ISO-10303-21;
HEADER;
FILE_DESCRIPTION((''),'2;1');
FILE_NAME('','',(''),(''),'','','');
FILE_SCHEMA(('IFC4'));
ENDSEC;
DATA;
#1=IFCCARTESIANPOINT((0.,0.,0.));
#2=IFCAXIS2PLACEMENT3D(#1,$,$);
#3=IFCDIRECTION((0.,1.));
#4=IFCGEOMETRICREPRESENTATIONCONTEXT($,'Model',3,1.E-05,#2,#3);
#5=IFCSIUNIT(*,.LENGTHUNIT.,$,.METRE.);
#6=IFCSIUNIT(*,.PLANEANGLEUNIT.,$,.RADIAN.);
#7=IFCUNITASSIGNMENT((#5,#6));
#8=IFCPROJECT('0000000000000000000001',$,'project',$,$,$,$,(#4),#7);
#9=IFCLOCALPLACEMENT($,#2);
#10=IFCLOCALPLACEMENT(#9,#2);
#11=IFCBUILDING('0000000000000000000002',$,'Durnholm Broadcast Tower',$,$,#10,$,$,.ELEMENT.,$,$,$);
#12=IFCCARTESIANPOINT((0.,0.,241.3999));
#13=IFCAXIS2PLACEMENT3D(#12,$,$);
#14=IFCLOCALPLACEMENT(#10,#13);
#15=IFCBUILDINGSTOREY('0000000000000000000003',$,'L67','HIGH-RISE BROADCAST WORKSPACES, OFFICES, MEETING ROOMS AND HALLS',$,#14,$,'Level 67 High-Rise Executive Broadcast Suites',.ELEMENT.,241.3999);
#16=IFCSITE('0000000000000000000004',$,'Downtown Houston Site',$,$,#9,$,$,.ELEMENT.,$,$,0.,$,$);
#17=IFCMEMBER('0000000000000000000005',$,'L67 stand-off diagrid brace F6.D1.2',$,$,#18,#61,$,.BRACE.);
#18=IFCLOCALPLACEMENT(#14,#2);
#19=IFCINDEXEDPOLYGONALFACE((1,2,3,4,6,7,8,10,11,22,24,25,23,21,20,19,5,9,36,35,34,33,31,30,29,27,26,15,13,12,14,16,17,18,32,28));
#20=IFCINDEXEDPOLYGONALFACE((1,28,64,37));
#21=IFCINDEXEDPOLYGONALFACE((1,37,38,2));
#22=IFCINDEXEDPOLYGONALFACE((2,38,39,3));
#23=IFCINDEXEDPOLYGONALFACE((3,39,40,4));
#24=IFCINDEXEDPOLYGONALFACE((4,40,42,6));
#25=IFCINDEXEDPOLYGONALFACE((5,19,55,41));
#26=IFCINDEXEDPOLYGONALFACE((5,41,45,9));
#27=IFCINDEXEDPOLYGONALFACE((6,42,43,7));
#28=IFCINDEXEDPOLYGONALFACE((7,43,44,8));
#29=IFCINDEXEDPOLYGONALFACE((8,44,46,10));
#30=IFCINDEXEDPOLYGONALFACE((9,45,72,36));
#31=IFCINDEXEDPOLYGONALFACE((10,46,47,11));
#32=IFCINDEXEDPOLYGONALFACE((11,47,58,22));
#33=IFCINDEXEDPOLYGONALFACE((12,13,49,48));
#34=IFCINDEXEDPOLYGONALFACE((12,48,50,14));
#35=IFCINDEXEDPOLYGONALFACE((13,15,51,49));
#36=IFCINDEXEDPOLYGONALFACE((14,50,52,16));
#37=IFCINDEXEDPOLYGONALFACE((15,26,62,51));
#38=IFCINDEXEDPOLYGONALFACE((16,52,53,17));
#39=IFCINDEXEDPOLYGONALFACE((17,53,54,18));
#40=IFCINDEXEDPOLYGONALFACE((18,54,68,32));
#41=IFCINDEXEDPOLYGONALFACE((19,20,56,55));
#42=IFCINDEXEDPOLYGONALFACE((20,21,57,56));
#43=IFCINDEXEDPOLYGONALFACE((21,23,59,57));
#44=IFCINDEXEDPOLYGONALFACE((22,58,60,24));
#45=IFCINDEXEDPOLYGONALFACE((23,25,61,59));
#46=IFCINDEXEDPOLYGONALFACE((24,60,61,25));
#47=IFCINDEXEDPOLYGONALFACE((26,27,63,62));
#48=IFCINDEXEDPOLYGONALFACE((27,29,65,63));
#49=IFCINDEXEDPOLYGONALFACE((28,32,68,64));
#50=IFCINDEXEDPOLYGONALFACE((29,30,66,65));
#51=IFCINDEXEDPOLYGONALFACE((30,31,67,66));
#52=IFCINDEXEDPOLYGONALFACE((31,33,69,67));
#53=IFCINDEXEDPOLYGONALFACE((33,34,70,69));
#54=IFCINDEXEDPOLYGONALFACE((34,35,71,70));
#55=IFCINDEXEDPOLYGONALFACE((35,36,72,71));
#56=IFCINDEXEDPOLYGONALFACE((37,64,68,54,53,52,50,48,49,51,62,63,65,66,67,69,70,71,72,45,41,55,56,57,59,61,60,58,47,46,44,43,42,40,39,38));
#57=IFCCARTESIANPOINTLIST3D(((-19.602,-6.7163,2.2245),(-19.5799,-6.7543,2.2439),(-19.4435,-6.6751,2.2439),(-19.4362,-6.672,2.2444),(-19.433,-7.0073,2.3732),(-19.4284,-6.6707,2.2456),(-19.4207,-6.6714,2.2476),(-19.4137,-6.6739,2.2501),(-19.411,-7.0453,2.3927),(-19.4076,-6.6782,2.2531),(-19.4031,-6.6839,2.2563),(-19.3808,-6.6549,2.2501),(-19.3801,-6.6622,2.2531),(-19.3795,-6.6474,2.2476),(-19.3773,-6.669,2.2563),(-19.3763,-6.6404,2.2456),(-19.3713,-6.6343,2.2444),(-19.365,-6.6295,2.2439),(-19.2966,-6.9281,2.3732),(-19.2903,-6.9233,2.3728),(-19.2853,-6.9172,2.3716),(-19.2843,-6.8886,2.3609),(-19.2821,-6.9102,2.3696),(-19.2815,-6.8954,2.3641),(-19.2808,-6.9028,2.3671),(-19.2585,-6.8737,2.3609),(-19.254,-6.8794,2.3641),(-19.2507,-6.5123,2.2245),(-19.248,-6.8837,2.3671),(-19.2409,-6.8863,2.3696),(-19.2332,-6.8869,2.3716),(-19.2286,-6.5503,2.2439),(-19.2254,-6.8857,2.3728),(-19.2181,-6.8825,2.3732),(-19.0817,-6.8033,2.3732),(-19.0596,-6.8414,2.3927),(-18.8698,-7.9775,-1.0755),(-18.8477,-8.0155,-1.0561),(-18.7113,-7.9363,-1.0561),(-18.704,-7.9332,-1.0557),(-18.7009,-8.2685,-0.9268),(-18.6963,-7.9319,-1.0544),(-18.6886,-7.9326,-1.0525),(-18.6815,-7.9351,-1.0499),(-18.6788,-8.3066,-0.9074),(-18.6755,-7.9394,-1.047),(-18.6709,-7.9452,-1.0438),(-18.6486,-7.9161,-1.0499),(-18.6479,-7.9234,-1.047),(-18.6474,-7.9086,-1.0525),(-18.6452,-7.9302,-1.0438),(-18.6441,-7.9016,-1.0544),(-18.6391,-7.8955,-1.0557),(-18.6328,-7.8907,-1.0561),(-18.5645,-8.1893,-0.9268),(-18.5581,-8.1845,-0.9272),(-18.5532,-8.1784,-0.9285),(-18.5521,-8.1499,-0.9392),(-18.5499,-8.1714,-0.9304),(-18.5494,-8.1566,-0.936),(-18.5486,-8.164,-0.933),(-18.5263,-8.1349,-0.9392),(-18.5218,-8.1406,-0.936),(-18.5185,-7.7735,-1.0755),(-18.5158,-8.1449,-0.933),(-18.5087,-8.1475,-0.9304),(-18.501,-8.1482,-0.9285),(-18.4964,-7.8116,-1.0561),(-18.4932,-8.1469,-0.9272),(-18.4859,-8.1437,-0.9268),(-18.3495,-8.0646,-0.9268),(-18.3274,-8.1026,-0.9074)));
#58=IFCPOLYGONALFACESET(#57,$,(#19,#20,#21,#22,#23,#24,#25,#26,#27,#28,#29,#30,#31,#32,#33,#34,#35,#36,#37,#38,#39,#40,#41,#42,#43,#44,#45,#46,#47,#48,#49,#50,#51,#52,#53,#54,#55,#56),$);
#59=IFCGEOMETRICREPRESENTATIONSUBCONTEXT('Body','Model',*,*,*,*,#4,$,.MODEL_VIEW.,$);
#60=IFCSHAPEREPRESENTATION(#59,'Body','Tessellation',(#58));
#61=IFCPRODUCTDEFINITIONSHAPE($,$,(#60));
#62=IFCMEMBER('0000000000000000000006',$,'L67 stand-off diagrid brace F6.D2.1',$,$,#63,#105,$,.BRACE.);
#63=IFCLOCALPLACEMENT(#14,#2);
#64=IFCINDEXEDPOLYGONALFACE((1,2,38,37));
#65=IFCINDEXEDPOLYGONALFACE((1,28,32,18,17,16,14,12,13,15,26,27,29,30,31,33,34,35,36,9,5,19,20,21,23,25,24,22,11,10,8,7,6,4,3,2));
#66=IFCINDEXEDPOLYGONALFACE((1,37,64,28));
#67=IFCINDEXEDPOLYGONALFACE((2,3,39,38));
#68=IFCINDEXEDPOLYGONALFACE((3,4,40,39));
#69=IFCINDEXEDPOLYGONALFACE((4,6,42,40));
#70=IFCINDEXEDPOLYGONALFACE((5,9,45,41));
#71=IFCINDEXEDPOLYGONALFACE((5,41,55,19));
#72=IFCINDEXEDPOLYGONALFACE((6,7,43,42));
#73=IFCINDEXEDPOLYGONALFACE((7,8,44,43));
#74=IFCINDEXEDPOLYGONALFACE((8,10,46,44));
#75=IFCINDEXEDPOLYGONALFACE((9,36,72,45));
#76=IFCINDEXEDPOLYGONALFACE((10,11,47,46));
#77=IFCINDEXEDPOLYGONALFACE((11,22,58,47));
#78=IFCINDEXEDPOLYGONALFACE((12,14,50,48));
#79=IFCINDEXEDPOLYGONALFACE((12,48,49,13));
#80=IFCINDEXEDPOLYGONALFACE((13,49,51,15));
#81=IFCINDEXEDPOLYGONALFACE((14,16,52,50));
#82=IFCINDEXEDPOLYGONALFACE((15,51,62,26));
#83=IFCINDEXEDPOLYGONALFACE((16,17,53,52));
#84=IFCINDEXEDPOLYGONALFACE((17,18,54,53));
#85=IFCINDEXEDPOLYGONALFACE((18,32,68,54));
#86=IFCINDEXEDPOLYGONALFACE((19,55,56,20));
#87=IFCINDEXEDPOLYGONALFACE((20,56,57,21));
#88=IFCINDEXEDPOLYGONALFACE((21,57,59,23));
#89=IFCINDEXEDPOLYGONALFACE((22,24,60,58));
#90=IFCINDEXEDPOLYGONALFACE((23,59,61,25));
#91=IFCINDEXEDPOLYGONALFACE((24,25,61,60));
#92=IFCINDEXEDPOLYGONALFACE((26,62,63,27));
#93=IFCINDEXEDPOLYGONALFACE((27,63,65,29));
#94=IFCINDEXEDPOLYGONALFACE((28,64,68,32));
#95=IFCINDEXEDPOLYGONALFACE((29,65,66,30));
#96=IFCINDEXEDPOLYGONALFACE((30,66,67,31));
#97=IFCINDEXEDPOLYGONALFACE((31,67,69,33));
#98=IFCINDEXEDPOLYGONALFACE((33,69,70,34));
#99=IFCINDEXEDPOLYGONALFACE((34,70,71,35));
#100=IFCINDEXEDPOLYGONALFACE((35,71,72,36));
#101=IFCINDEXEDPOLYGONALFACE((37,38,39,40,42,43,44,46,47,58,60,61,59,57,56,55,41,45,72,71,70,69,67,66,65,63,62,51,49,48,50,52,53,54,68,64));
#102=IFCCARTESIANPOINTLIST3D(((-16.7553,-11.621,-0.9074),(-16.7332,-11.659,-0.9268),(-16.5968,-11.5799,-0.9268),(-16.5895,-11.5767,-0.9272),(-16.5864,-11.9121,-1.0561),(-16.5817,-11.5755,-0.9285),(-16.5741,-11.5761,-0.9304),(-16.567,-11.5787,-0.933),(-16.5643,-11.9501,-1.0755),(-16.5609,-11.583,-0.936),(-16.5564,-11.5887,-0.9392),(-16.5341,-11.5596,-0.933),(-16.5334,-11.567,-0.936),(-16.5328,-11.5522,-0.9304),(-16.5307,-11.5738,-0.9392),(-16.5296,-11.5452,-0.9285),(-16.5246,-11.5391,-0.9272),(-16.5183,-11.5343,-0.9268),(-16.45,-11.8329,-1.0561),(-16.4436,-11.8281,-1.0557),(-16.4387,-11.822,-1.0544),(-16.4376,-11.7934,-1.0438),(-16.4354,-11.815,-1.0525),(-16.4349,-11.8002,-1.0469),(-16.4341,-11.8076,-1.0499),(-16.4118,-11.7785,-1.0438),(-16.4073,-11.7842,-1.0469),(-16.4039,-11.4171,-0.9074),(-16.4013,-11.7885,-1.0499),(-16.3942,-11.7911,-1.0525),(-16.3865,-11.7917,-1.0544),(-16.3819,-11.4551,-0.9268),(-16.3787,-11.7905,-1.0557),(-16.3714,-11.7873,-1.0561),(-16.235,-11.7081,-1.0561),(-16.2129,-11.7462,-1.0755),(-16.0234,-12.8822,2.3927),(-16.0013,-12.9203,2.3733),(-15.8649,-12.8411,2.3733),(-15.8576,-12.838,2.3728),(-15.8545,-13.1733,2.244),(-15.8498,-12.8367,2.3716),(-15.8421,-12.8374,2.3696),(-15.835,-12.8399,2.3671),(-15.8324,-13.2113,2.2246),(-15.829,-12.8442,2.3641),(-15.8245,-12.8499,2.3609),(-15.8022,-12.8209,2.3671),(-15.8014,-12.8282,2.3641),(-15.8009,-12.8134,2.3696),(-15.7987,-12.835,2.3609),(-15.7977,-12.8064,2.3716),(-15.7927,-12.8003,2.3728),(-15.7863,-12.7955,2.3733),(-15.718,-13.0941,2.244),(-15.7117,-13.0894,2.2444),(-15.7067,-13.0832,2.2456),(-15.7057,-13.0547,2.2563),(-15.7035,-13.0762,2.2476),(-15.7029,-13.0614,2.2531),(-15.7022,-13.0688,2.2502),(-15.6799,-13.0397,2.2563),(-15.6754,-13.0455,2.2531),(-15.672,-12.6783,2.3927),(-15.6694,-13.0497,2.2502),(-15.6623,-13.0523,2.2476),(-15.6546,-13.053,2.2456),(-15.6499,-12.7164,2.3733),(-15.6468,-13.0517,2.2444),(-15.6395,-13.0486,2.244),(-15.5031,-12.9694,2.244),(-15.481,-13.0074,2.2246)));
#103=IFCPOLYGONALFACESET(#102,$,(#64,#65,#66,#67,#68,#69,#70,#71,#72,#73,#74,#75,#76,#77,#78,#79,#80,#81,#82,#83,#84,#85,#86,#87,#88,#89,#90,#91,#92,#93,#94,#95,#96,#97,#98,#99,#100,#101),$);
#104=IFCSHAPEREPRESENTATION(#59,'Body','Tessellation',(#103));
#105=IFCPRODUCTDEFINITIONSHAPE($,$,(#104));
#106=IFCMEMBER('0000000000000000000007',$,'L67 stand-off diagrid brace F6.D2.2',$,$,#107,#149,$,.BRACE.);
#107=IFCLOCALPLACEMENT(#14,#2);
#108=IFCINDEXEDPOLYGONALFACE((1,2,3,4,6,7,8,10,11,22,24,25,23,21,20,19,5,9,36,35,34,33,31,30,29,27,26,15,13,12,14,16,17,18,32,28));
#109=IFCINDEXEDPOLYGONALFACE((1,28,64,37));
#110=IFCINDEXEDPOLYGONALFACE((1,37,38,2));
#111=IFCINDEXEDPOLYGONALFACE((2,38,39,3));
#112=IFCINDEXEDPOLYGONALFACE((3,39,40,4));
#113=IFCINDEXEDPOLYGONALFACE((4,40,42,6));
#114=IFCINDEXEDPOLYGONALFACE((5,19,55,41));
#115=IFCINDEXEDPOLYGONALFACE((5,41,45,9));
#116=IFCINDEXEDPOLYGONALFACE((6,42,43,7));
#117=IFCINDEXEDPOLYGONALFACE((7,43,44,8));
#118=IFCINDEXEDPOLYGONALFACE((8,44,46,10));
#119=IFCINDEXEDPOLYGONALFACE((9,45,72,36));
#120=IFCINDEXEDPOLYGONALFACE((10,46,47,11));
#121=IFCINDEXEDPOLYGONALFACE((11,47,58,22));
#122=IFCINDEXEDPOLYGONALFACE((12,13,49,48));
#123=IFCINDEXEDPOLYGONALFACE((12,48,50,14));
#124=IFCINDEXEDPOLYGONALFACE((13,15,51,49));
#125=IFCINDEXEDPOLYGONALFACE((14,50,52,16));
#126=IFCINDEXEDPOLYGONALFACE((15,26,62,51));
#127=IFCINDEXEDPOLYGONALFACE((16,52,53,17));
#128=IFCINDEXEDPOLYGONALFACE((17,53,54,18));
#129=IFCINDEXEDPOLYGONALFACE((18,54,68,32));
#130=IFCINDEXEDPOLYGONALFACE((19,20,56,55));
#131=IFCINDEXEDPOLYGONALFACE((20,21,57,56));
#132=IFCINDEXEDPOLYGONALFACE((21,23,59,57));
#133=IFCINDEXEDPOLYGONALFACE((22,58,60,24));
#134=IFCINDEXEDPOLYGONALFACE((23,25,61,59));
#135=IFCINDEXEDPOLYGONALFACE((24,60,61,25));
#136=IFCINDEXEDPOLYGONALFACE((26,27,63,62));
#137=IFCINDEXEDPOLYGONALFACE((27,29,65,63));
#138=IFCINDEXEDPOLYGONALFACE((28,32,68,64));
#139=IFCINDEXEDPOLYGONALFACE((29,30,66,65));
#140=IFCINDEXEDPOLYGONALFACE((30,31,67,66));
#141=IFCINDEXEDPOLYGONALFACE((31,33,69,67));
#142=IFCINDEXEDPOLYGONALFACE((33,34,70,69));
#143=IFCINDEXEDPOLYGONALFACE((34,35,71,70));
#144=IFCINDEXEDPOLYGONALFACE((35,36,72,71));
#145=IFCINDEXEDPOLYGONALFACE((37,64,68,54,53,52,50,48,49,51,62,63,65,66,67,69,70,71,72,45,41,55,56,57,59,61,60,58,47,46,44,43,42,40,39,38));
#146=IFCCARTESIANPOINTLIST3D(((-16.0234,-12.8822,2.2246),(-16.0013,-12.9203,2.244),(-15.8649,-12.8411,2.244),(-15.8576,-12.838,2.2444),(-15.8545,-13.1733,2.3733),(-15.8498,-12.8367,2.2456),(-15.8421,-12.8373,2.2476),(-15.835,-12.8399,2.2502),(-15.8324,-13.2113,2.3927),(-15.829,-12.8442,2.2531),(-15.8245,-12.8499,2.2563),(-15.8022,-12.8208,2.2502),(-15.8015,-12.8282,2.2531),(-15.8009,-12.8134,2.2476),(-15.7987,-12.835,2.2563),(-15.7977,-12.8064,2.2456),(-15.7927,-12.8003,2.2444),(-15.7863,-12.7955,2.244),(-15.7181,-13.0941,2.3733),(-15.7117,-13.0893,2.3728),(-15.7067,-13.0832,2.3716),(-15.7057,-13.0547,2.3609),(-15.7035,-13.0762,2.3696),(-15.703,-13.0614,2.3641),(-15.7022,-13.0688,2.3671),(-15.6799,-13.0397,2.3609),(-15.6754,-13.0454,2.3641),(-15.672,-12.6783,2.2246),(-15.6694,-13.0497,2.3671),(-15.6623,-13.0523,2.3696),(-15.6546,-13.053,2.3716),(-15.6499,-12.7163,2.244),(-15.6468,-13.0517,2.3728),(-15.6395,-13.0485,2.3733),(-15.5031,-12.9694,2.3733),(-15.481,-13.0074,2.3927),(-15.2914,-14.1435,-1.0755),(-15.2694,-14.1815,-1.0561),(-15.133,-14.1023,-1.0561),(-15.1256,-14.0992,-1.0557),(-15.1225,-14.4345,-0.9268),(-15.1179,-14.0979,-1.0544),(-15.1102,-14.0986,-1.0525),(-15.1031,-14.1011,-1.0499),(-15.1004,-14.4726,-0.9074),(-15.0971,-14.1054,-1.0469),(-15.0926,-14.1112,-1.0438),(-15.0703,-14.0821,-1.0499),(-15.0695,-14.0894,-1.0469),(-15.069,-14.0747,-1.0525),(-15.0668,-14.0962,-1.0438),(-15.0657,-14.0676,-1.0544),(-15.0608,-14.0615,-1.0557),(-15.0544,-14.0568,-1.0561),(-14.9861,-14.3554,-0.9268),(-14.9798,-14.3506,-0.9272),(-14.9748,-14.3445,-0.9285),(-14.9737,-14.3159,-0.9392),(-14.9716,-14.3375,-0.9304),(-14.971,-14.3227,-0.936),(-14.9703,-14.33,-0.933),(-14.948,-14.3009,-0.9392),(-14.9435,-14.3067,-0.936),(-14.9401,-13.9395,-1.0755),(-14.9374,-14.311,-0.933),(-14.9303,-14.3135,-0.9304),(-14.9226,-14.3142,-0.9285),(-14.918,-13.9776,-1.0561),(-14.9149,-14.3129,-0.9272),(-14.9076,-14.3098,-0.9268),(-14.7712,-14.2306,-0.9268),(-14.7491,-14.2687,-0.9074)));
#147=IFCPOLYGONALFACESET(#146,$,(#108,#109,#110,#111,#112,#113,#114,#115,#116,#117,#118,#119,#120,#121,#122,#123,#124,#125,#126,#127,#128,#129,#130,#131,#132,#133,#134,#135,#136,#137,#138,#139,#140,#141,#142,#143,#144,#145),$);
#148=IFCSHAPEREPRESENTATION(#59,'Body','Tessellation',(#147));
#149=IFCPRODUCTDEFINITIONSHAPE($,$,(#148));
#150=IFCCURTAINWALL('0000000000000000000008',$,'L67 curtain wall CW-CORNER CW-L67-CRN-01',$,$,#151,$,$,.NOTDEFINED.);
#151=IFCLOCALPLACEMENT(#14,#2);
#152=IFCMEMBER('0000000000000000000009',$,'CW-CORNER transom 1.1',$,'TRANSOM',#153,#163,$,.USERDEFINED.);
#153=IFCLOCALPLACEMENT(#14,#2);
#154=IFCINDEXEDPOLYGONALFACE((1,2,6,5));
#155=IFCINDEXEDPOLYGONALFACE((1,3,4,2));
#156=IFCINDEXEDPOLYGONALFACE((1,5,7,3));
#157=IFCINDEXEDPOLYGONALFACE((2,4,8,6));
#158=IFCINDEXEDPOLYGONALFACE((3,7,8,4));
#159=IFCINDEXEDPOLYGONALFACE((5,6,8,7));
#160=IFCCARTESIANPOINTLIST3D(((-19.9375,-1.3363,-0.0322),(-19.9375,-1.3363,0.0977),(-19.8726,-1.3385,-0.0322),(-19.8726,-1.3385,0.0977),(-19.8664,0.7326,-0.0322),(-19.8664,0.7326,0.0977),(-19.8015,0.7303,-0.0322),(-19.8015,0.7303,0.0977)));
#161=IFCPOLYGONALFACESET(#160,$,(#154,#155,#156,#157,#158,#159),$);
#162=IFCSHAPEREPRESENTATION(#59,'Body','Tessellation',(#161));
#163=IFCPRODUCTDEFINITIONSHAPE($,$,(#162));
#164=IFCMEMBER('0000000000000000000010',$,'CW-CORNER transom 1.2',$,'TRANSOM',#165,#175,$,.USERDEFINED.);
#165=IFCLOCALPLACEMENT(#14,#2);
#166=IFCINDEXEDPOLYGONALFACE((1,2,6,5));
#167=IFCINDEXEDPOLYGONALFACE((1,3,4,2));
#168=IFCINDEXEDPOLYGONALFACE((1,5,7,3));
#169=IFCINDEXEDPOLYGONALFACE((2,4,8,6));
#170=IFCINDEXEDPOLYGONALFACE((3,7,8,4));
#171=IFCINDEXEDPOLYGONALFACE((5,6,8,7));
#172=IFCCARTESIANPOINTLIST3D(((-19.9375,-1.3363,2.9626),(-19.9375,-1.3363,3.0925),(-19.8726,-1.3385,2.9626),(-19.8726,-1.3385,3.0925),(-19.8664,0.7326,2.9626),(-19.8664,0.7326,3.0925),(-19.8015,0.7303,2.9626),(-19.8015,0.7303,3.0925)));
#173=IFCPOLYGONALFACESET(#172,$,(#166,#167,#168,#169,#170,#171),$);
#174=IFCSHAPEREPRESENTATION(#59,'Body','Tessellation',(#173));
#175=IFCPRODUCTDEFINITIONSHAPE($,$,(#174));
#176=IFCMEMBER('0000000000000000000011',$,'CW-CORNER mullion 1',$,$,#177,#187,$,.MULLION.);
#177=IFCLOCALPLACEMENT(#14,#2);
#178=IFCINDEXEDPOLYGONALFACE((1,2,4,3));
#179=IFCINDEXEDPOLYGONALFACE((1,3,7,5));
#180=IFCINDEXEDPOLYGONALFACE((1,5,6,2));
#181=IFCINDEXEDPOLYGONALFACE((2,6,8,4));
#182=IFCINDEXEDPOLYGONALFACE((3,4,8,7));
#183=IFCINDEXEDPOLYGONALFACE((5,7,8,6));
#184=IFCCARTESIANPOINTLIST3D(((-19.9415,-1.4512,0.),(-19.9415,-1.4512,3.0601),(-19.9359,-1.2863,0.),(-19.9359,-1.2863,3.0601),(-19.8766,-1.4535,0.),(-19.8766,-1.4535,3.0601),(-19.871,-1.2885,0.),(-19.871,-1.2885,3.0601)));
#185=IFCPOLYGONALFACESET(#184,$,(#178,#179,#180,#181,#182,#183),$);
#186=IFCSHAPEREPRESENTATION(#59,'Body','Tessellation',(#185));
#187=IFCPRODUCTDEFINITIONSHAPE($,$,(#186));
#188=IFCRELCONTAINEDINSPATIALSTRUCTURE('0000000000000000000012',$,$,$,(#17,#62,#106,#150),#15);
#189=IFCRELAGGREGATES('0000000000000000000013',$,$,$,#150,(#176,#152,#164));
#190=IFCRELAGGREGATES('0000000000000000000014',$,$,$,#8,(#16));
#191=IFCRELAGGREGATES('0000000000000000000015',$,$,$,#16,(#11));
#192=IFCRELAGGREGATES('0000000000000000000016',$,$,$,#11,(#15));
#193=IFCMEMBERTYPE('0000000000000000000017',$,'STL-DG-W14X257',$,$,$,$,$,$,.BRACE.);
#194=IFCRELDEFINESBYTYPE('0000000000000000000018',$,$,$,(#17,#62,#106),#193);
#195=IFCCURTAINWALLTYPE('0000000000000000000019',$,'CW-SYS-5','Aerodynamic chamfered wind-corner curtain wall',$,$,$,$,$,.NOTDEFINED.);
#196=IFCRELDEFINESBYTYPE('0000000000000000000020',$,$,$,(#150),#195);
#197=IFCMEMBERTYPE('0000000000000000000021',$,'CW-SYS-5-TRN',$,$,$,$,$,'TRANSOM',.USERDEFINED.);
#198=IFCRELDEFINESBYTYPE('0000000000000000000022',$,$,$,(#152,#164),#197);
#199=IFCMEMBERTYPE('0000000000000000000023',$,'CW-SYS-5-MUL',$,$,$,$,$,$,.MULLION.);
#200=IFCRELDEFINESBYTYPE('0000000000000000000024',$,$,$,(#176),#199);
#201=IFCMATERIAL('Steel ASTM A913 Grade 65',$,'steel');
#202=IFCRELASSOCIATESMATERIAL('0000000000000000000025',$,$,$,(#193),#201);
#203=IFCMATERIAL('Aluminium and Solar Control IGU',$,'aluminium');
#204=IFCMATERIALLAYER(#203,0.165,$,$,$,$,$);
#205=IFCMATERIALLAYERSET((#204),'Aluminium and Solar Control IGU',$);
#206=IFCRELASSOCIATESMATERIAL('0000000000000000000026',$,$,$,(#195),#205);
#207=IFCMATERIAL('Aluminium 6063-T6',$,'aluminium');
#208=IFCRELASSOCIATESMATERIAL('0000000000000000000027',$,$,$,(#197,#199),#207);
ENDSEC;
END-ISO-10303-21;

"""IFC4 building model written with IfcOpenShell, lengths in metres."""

from ifc_helpers import new_model, si_unit, direction, frame, origin, origin_2d, place, context, subcontext, project, spatial, rectangle, i_section, extrude, source, transform, mapped, material, layer, layer_set, material_profile, profile_set, type_object, type_shapes, element, aggregate, save


model = new_model("IFC4")

# Units and contexts
model_context = context("Model", 3, precision=1e-05, world=origin(), true_north=direction((0.0, 1.0)))
body_context = subcontext(model_context, "Body", "Model", "MODEL_VIEW")
ifc_project = project(units=[si_unit("LENGTHUNIT", "METRE"), si_unit("PLANEANGLEUNIT", "RADIAN")], contexts=[model_context])

# Site, building, storey
site_placement = place(None, origin())
site = spatial("IfcSite", under=ifc_project, at=site_placement, Name="Downtown Houston Site", CompositionType="ELEMENT", RefElevation=0.0)
building_placement = place(site_placement, origin())
building = spatial("IfcBuilding", under=site, at=building_placement, Name="Durnholm Broadcast Tower", CompositionType="ELEMENT")
storey_placement = place(building_placement, frame((0.0, 0.0, 241.3999)))
storey = spatial("IfcBuildingStorey", under=building, at=storey_placement, Name="L67", Description="HIGH-RISE BROADCAST WORKSPACES, OFFICES, MEETING ROOMS AND HALLS", LongName="Level 67 High-Rise Executive Broadcast Suites", CompositionType="ELEMENT", Elevation=241.3999)

# Members
ifc_material_1 = material(Name="Steel ASTM A913 Grade 65", Category="steel")
ifc_material_profile_1 = material_profile(ifc_material_1, i_section(OverallWidth=0.4062, OverallDepth=0.416, WebThickness=0.0298, FlangeThickness=0.0481, FilletRadius=0.0305, at=origin_2d()), Name="W14X257")
ifc_profile_set_1 = profile_set([ifc_material_profile_1], Name="Steel ASTM A913 Grade 65")
member_type_1 = type_object("IfcMemberType", Name="STL-DG-W14X257", PredefinedType="BRACE", material=ifc_profile_set_1)
shared_shape_1 = source(origin(), body_context, "Body", "SweptSolid", [
    extrude(i_section(OverallWidth=0.4062, OverallDepth=0.416, WebThickness=0.0298, FlangeThickness=0.0481, FilletRadius=0.0305, at=origin_2d()), origin(), (0.0, 0.0, 1.0), 3.6079),
])
type_shapes(member_type_1, [shared_shape_1])
for number, where, z_axis, x_axis, name in (
    (1, (-18.5986, -8.04, -0.9915), (-0.202936, 0.349572, 0.914667), (-0.864833, -0.502059, 0.0), "L67 stand-off diagrid brace F6.D1.2"),
    (2, (-16.4841, -11.6836, -0.9915), (0.202871, -0.349577, 0.91468), (0.864906, 0.501934, 0.0), "L67 stand-off diagrid brace F6.D2.1"),
    (3, (-15.0203, -14.2061, -0.9915), (-0.202871, 0.349577, 0.91468), (-0.864906, -0.501934, 0.0), "L67 stand-off diagrid brace F6.D2.2"),
):
    element("IfcMember", number, at=place(storey_placement, frame(where, z_axis=z_axis, x_axis=x_axis)), inside=storey, type_object=member_type_1, Name=name, PredefinedType="BRACE", context=body_context, shape_type="MappedRepresentation", body=[
        mapped(shared_shape_1, transform((0.0, 0.0, 0.0), x_axis=(1.0, 0.0, 0.0), y_axis=(0.0, 1.0, 0.0), z_axis=(0.0, 0.0, 1.0), scale=1.0)),
    ])

# Curtain wall, members
ifc_material_2 = material(Name="Aluminium and Solar Control IGU", Category="aluminium")
ifc_layer_1 = layer(ifc_material_2, 0.165)
ifc_layer_set_1 = layer_set([ifc_layer_1], Name="Aluminium and Solar Control IGU")
curtain_wall_type_1 = type_object("IfcCurtainWallType", Name="CW-SYS-5", Description="Aerodynamic chamfered wind-corner curtain wall", PredefinedType="NOTDEFINED", material=ifc_layer_set_1)
curtain_wall_1_placement = place(storey_placement, origin())
curtain_wall_1 = element("IfcCurtainWall", 4, at=curtain_wall_1_placement, inside=storey, type_object=curtain_wall_type_1, Name="L67 curtain wall CW-CORNER CW-L67-CRN-01", PredefinedType="NOTDEFINED")
ifc_material_3 = material(Name="Aluminium 6063-T6", Category="aluminium")
ifc_material_profile_2 = material_profile(ifc_material_3, rectangle(XDim=0.0649, YDim=0.1299, at=origin_2d()), Name="CWT65X130")
ifc_profile_set_2 = profile_set([ifc_material_profile_2], Name="Aluminium 6063-T6")
member_type_2 = type_object("IfcMemberType", Name="CW-SYS-5-TRN", ElementType="TRANSOM", PredefinedType="USERDEFINED", material=ifc_profile_set_2)
shared_shape_2 = source(origin(), body_context, "Body", "SweptSolid", [
    extrude(rectangle(XDim=0.0649, YDim=0.1299, at=origin_2d()), origin(), (0.0, 0.0, 1.0), 2.0701),
])
type_shapes(member_type_2, [shared_shape_2])
member_1_placement = place(storey_placement, frame((-19.905, -1.3374, 0.0327), z_axis=(0.03432, 0.999411, 0.0), x_axis=(-0.999411, 0.03432, 0.0)))
member_1 = element("IfcMember", 5, at=member_1_placement, type_object=member_type_2, Name="CW-CORNER transom 1.1", ObjectType="TRANSOM", PredefinedType="USERDEFINED", context=body_context, shape_type="MappedRepresentation", body=[
    mapped(shared_shape_2, transform((0.0, 0.0, 0.0), x_axis=(1.0, 0.0, 0.0), y_axis=(0.0, 1.0, 0.0), z_axis=(0.0, 0.0, 1.0), scale=1.0)),
])
member_2_placement = place(storey_placement, frame((-19.905, -1.3374, 3.0276), z_axis=(0.03432, 0.999411, 0.0), x_axis=(-0.999411, 0.03432, 0.0)))
member_2 = element("IfcMember", 6, at=member_2_placement, type_object=member_type_2, Name="CW-CORNER transom 1.2", ObjectType="TRANSOM", PredefinedType="USERDEFINED", context=body_context, shape_type="MappedRepresentation", body=[
    mapped(shared_shape_2, transform((0.0, 0.0, 0.0), x_axis=(1.0, 0.0, 0.0), y_axis=(0.0, 1.0, 0.0), z_axis=(0.0, 0.0, 1.0), scale=1.0)),
])
ifc_material_profile_3 = material_profile(ifc_material_3, rectangle(XDim=0.0649, YDim=0.165, at=origin_2d()), Name="CWM65X165")
ifc_profile_set_3 = profile_set([ifc_material_profile_3], Name="Aluminium 6063-T6")
member_type_3 = type_object("IfcMemberType", Name="CW-SYS-5-MUL", PredefinedType="MULLION", material=ifc_profile_set_3)
shared_shape_3 = source(origin(), body_context, "Body", "SweptSolid", [
    extrude(rectangle(XDim=0.0649, YDim=0.165, at=origin_2d()), origin(), (0.0, 0.0, 1.0), 3.0601),
])
type_shapes(member_type_3, [shared_shape_3])
member_3_placement = place(storey_placement, frame((-19.9062, -1.3699, 0.0), z_axis=(0.0, 0.0, 1.0), x_axis=(-0.999411, 0.034318, 0.0)))
member_3 = element("IfcMember", 7, at=member_3_placement, type_object=member_type_3, Name="CW-CORNER mullion 1", PredefinedType="MULLION", context=body_context, shape_type="MappedRepresentation", body=[
    mapped(shared_shape_3, transform((0.0, 0.0, 0.0), x_axis=(1.0, 0.0, 0.0), y_axis=(0.0, 1.0, 0.0), z_axis=(0.0, 0.0, 1.0), scale=1.0)),
])
aggregate(curtain_wall_1, [member_3, member_1, member_2])

save(model, "model.ifc")
